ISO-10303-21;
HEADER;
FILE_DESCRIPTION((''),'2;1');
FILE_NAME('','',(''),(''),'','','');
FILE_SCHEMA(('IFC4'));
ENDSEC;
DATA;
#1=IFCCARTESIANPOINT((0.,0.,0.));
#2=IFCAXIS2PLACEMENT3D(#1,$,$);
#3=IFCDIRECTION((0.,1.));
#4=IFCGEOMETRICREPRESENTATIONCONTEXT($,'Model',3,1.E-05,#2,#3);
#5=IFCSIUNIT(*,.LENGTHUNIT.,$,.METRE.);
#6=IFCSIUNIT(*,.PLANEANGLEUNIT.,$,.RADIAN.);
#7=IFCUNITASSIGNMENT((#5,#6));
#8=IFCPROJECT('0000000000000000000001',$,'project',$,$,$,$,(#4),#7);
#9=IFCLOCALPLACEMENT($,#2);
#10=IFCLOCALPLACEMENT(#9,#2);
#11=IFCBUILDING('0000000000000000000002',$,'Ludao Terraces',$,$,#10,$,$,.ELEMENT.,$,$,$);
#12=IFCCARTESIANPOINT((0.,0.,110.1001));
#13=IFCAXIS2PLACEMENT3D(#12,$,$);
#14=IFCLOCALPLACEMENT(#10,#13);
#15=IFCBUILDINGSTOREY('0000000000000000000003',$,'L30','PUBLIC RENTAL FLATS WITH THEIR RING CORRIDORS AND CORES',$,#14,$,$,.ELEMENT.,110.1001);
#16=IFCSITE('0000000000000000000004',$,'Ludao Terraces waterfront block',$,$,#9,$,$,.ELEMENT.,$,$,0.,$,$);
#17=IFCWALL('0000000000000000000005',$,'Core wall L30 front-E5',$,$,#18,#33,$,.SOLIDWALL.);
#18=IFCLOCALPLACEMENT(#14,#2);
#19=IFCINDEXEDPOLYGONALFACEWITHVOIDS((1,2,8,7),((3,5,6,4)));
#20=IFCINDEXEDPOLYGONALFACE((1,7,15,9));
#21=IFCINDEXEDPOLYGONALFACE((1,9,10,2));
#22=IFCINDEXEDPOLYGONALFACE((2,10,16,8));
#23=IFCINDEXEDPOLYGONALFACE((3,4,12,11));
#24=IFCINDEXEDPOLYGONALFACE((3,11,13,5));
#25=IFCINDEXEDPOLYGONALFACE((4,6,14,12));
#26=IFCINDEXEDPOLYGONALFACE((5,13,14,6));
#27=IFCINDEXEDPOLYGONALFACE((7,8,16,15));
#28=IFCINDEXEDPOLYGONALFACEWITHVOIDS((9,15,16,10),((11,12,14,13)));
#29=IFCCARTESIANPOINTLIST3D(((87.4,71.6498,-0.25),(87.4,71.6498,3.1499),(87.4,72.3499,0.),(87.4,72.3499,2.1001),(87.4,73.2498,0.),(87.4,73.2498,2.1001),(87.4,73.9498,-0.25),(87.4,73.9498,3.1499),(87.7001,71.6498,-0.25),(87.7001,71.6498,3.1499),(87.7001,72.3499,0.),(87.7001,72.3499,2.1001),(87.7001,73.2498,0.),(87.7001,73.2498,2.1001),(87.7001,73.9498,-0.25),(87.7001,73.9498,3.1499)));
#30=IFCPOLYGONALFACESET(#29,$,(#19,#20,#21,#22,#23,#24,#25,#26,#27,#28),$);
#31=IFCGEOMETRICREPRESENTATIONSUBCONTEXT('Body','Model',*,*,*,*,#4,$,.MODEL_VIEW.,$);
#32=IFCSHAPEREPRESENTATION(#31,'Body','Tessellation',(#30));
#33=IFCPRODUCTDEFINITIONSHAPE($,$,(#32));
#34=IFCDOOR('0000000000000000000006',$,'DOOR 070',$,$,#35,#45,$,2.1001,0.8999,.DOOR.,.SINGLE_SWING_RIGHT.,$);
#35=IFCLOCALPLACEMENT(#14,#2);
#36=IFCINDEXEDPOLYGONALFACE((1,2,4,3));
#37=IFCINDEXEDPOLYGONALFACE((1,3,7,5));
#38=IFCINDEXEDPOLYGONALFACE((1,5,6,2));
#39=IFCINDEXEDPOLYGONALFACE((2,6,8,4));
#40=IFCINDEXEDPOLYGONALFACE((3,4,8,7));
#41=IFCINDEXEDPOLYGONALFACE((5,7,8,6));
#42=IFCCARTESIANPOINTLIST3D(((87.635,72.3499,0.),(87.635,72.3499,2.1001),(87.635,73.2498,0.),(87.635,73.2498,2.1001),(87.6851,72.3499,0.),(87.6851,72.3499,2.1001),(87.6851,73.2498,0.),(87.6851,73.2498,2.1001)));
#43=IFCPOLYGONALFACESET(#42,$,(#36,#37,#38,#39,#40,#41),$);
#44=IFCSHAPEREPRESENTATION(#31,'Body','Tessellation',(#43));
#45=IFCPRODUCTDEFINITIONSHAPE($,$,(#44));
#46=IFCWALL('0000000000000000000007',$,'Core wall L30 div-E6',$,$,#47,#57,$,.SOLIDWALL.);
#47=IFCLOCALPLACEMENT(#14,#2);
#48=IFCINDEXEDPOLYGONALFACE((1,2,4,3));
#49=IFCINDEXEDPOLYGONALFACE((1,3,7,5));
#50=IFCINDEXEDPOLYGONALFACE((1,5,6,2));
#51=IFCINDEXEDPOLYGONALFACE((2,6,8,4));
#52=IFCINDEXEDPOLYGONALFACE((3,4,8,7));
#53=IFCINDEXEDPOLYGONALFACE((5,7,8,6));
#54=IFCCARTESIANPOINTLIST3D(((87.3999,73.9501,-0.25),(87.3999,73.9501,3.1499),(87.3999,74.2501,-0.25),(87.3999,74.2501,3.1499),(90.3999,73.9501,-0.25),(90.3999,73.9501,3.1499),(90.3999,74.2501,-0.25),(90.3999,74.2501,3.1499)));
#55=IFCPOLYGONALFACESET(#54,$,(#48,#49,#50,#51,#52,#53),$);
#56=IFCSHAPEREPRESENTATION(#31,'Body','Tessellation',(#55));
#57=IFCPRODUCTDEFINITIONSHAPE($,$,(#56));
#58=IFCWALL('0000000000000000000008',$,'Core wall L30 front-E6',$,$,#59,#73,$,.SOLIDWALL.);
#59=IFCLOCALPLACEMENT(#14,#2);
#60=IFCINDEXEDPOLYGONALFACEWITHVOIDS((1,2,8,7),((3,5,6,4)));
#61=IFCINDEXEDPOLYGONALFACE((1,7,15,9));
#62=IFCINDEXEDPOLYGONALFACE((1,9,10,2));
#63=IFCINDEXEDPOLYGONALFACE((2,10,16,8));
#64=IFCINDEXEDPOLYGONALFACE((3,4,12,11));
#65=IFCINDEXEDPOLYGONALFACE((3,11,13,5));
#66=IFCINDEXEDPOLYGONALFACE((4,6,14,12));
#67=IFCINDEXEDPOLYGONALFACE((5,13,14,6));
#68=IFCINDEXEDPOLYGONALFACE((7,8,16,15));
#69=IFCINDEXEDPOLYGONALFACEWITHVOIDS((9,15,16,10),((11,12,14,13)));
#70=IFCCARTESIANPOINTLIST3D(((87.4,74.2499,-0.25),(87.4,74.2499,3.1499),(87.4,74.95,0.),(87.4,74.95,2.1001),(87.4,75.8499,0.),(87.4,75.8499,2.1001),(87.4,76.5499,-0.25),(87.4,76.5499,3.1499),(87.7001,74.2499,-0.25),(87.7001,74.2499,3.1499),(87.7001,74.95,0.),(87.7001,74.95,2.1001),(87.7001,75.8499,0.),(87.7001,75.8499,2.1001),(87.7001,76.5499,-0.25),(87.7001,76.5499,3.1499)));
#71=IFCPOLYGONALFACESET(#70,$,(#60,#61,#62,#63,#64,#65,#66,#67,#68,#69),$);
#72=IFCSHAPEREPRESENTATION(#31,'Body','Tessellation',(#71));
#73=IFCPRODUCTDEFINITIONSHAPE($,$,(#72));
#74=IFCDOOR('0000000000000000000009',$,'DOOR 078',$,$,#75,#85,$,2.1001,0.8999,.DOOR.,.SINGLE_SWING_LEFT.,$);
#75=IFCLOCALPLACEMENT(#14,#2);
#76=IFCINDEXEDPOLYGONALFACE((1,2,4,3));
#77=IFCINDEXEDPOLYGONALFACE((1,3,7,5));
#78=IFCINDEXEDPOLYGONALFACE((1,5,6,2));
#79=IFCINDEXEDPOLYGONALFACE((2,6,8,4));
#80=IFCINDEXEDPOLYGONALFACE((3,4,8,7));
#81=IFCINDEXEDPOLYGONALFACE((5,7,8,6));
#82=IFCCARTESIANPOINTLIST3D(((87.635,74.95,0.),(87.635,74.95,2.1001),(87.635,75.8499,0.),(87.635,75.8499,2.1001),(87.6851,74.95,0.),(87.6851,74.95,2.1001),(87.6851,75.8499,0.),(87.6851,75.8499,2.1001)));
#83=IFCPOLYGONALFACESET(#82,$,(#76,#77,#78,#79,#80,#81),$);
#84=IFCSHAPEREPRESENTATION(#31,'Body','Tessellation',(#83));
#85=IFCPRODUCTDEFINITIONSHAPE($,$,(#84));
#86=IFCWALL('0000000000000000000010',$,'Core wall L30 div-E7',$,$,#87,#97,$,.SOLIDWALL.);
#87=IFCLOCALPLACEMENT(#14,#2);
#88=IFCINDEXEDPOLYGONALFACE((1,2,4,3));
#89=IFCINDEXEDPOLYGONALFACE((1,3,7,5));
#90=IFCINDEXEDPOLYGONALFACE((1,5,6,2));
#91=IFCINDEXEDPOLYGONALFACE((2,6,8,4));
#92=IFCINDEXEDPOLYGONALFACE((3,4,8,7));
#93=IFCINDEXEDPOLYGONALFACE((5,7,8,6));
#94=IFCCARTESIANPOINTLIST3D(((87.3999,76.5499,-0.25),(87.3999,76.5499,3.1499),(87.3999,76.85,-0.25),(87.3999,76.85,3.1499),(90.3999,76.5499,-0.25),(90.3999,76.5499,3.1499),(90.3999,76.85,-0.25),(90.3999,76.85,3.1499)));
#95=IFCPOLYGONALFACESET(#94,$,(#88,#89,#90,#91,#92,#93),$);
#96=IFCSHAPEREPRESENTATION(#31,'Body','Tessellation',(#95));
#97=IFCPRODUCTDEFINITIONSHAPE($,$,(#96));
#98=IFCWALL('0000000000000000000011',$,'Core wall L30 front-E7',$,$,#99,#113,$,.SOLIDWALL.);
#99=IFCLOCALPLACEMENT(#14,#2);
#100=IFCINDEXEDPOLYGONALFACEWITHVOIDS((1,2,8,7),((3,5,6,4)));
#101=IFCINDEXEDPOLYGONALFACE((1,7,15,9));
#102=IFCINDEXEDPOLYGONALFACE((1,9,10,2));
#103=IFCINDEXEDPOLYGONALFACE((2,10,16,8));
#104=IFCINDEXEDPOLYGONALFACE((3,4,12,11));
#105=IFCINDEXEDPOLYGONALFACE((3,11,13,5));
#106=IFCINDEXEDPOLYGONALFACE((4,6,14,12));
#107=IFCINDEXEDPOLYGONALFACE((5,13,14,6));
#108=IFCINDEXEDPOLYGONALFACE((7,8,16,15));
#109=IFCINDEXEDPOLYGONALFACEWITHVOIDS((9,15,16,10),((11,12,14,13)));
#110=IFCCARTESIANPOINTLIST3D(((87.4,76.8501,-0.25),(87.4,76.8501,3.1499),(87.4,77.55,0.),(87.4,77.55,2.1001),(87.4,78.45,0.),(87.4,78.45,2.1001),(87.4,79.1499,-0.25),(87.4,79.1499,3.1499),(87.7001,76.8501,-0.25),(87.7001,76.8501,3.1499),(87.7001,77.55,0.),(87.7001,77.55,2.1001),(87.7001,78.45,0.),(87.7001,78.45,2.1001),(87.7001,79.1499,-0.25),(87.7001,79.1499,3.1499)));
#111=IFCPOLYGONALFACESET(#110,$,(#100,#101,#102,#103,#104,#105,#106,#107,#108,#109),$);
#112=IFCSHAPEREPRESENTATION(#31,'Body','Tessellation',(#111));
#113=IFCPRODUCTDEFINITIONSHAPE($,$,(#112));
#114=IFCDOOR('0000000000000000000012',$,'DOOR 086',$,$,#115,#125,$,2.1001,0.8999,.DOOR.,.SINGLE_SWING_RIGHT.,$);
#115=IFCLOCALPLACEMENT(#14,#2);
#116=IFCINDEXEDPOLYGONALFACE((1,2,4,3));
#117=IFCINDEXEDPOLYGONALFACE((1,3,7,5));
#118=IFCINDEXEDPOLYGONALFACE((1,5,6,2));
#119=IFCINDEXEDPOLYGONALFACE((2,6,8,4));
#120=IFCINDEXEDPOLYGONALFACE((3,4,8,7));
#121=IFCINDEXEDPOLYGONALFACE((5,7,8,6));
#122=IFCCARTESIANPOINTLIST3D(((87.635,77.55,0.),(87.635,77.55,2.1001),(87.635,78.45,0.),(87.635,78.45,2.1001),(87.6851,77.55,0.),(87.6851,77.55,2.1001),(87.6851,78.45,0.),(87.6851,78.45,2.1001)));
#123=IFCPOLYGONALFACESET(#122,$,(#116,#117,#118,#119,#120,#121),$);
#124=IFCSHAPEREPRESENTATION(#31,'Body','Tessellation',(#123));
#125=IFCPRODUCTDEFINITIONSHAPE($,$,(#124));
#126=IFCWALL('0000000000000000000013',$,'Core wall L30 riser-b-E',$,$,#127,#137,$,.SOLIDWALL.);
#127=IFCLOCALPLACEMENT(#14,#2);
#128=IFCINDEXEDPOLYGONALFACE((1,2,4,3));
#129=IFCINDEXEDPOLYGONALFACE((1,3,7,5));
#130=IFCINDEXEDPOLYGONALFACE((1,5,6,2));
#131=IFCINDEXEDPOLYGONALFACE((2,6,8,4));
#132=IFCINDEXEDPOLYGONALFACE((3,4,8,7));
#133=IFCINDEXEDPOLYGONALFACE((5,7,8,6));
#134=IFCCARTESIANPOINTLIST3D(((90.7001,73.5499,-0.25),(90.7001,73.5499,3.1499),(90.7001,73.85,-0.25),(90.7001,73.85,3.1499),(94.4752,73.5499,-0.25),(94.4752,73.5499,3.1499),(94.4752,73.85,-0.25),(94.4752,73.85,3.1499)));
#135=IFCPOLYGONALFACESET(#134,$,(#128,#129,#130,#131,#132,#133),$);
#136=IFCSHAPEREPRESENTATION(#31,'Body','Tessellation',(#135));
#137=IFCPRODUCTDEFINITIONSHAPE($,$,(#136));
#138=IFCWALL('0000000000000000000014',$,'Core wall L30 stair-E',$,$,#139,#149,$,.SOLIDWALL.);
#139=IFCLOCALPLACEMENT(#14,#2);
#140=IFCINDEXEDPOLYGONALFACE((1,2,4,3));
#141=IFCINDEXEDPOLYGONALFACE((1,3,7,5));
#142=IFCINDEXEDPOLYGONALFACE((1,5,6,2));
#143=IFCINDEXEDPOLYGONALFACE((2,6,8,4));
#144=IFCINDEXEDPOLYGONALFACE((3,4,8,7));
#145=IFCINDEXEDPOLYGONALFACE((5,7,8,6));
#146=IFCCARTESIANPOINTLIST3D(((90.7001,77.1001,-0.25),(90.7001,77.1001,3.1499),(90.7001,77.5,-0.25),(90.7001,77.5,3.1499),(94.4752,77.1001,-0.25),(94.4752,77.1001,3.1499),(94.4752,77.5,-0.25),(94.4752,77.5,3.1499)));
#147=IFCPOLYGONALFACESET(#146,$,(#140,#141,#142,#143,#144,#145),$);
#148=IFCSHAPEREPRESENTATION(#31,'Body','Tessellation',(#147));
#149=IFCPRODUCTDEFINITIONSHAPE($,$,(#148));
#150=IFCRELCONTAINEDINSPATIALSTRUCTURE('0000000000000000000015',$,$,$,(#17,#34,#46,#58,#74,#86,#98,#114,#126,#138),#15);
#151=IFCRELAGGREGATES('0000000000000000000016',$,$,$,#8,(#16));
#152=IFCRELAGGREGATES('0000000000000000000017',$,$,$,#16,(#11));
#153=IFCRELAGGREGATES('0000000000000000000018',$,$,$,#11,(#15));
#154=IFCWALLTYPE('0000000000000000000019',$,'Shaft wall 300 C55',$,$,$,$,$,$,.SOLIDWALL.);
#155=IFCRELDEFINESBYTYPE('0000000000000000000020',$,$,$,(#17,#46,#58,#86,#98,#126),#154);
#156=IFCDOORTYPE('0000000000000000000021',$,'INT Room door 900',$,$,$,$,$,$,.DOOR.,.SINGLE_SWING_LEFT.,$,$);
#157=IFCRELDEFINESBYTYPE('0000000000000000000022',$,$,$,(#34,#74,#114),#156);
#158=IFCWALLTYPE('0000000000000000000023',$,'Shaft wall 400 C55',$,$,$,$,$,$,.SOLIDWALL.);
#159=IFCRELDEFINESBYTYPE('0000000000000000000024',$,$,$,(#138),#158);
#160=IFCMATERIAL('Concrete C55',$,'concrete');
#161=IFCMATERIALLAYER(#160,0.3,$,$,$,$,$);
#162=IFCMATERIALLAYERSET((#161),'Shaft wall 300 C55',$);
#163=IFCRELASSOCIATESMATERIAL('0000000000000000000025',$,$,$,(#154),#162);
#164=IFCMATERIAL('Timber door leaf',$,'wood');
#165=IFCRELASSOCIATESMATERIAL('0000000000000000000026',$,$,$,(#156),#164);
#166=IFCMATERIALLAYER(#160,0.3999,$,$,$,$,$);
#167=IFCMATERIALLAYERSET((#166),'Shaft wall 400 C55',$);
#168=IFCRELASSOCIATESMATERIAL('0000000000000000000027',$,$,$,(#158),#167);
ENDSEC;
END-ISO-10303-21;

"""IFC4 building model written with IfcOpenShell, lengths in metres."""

from ifc_helpers import new_model, si_unit, direction, frame, frame_2d, origin, place, context, subcontext, project, spatial, rectangle, extrude, material, layer, layer_set, type_object, element, fill, save


model = new_model("IFC4")

# Units and contexts
model_context = context("Model", 3, precision=1e-05, world=origin(), true_north=direction((0.0, 1.0)))
body_context = subcontext(model_context, "Body", "Model", "MODEL_VIEW")
ifc_project = project(units=[si_unit("LENGTHUNIT", "METRE"), si_unit("PLANEANGLEUNIT", "RADIAN")], contexts=[model_context])

# Site, building, storey
site_placement = place(None, origin())
site = spatial("IfcSite", under=ifc_project, at=site_placement, Name="Ludao Terraces waterfront block", CompositionType="ELEMENT", RefElevation=0.0)
building_placement = place(site_placement, origin())
building = spatial("IfcBuilding", under=site, at=building_placement, Name="Ludao Terraces", CompositionType="ELEMENT")
storey_placement = place(building_placement, frame((0.0, 0.0, 110.1001)))
storey = spatial("IfcBuildingStorey", under=building, at=storey_placement, Name="L30", Description="PUBLIC RENTAL FLATS WITH THEIR RING CORRIDORS AND CORES", CompositionType="ELEMENT", Elevation=110.1001)

# Shared definitions
ifc_material_1 = material(Name="Concrete C55", Category="concrete")
ifc_layer_1 = layer(ifc_material_1, 0.3)
ifc_layer_set_1 = layer_set([ifc_layer_1], Name="Shaft wall 300 C55")
wall_type_1 = type_object("IfcWallType", Name="Shaft wall 300 C55", PredefinedType="SOLIDWALL", material=ifc_layer_set_1)

# Wall, opening, door
wall_1_placement = place(storey_placement, frame((87.55, 71.6499, -0.25), z_axis=(0.0, 0.0, 1.0), x_axis=(0.0, 1.0, 0.0)))
wall_1 = element("IfcWall", 1, at=wall_1_placement, inside=storey, type_object=wall_type_1, Name="Core wall L30 front-E5", PredefinedType="SOLIDWALL", context=body_context, shape_type="SweptSolid", body=[
    extrude(rectangle(XDim=2.3, YDim=0.3, at=frame_2d((1.1499, 0.0))), origin(), (0.0, 0.0, 1.0), 3.3999),
])
opening_1_placement = place(wall_1_placement, frame((0.7, 0.0, 0.25)))
opening_1 = element("IfcOpeningElement", 2, at=opening_1_placement, cuts=wall_1, PredefinedType="OPENING", context=body_context, shape_type="SweptSolid", body=[
    extrude(rectangle(XDim=0.8999, YDim=2.1001, at=frame_2d((0.45, 1.05))), frame((0.0, 0.1602, 0.0), z_axis=(0.0, -1.0, 0.0), x_axis=(1.0, 0.0, 0.0)), (0.0, 0.0, 1.0), 0.3201),
])
ifc_material_2 = material(Name="Timber door leaf", Category="wood")
door_type_1 = type_object("IfcDoorType", Name="INT Room door 900", OperationType="SINGLE_SWING_LEFT", PredefinedType="DOOR", material=ifc_material_2)
door_1_placement = place(opening_1_placement, origin())
door_1 = element("IfcDoor", 3, at=door_1_placement, inside=storey, type_object=door_type_1, Name="DOOR 070", OperationType="SINGLE_SWING_RIGHT", OverallHeight=2.1001, OverallWidth=0.8999, PredefinedType="DOOR", context=body_context, shape_type="SweptSolid", body=[
    extrude(rectangle(XDim=0.8999, YDim=2.1001, at=frame_2d((0.45, 1.05))), frame((0.0, -0.085, 0.0), z_axis=(0.0, -1.0, 0.0), x_axis=(1.0, 0.0, 0.0)), (0.0, 0.0, 1.0), 0.05),
])
fill(opening_1, door_1)

# Wall
wall_2_placement = place(storey_placement, frame((87.3999, 74.1001, -0.25), z_axis=(0.0, 0.0, 1.0), x_axis=(1.0, 0.0, 0.0)))
element("IfcWall", 4, at=wall_2_placement, inside=storey, type_object=wall_type_1, Name="Core wall L30 div-E6", PredefinedType="SOLIDWALL", context=body_context, shape_type="SweptSolid", body=[
    extrude(rectangle(XDim=3.0, YDim=0.3, at=frame_2d((1.5, 0.0))), origin(), (0.0, 0.0, 1.0), 3.3999),
])

# Wall, opening, door
wall_3_placement = place(storey_placement, frame((87.55, 74.25, -0.25), z_axis=(0.0, 0.0, 1.0), x_axis=(0.0, 1.0, 0.0)))
wall_3 = element("IfcWall", 5, at=wall_3_placement, inside=storey, type_object=wall_type_1, Name="Core wall L30 front-E6", PredefinedType="SOLIDWALL", context=body_context, shape_type="SweptSolid", body=[
    extrude(rectangle(XDim=2.3, YDim=0.3, at=frame_2d((1.1499, 0.0))), origin(), (0.0, 0.0, 1.0), 3.3999),
])
opening_2_placement = place(wall_3_placement, frame((0.7, 0.0, 0.25)))
opening_2 = element("IfcOpeningElement", 6, at=opening_2_placement, cuts=wall_3, PredefinedType="OPENING", context=body_context, shape_type="SweptSolid", body=[
    extrude(rectangle(XDim=0.8999, YDim=2.1001, at=frame_2d((0.45, 1.05))), frame((0.0, 0.1602, 0.0), z_axis=(0.0, -1.0, 0.0), x_axis=(1.0, 0.0, 0.0)), (0.0, 0.0, 1.0), 0.3201),
])
door_2_placement = place(opening_2_placement, origin())
door_2 = element("IfcDoor", 7, at=door_2_placement, inside=storey, type_object=door_type_1, Name="DOOR 078", OperationType="SINGLE_SWING_LEFT", OverallHeight=2.1001, OverallWidth=0.8999, PredefinedType="DOOR", context=body_context, shape_type="SweptSolid", body=[
    extrude(rectangle(XDim=0.8999, YDim=2.1001, at=frame_2d((0.45, 1.05))), frame((0.0, -0.085, 0.0), z_axis=(0.0, -1.0, 0.0), x_axis=(1.0, 0.0, 0.0)), (0.0, 0.0, 1.0), 0.05),
])
fill(opening_2, door_2)

# Wall
wall_4_placement = place(storey_placement, frame((87.3999, 76.7, -0.25), z_axis=(0.0, 0.0, 1.0), x_axis=(1.0, 0.0, 0.0)))
element("IfcWall", 8, at=wall_4_placement, inside=storey, type_object=wall_type_1, Name="Core wall L30 div-E7", PredefinedType="SOLIDWALL", context=body_context, shape_type="SweptSolid", body=[
    extrude(rectangle(XDim=3.0, YDim=0.3, at=frame_2d((1.5, 0.0))), origin(), (0.0, 0.0, 1.0), 3.3999),
])

# Wall, opening, door
wall_5_placement = place(storey_placement, frame((87.55, 76.8501, -0.25), z_axis=(0.0, 0.0, 1.0), x_axis=(0.0, 1.0, 0.0)))
wall_5 = element("IfcWall", 9, at=wall_5_placement, inside=storey, type_object=wall_type_1, Name="Core wall L30 front-E7", PredefinedType="SOLIDWALL", context=body_context, shape_type="SweptSolid", body=[
    extrude(rectangle(XDim=2.2998, YDim=0.3, at=frame_2d((1.1499, 0.0))), origin(), (0.0, 0.0, 1.0), 3.3999),
])
opening_3_placement = place(wall_5_placement, frame((0.7, 0.0, 0.25)))
opening_3 = element("IfcOpeningElement", 10, at=opening_3_placement, cuts=wall_5, PredefinedType="OPENING", context=body_context, shape_type="SweptSolid", body=[
    extrude(rectangle(XDim=0.8999, YDim=2.1001, at=frame_2d((0.45, 1.05))), frame((0.0, 0.1602, 0.0), z_axis=(0.0, -1.0, 0.0), x_axis=(1.0, 0.0, 0.0)), (0.0, 0.0, 1.0), 0.3201),
])
door_3_placement = place(opening_3_placement, origin())
door_3 = element("IfcDoor", 11, at=door_3_placement, inside=storey, type_object=door_type_1, Name="DOOR 086", OperationType="SINGLE_SWING_RIGHT", OverallHeight=2.1001, OverallWidth=0.8999, PredefinedType="DOOR", context=body_context, shape_type="SweptSolid", body=[
    extrude(rectangle(XDim=0.8999, YDim=2.1001, at=frame_2d((0.45, 1.05))), frame((0.0, -0.085, 0.0), z_axis=(0.0, -1.0, 0.0), x_axis=(1.0, 0.0, 0.0)), (0.0, 0.0, 1.0), 0.05),
])
fill(opening_3, door_3)

# Walls
wall_6_placement = place(storey_placement, frame((90.7, 73.7, -0.25), z_axis=(0.0, 0.0, 1.0), x_axis=(1.0, 0.0, 0.0)))
element("IfcWall", 12, at=wall_6_placement, inside=storey, type_object=wall_type_1, Name="Core wall L30 riser-b-E", PredefinedType="SOLIDWALL", context=body_context, shape_type="SweptSolid", body=[
    extrude(rectangle(XDim=3.7751, YDim=0.3, at=frame_2d((1.8877, 0.0))), origin(), (0.0, 0.0, 1.0), 3.3999),
])
ifc_layer_2 = layer(ifc_material_1, 0.3999)
ifc_layer_set_2 = layer_set([ifc_layer_2], Name="Shaft wall 400 C55")
wall_type_2 = type_object("IfcWallType", Name="Shaft wall 400 C55", PredefinedType="SOLIDWALL", material=ifc_layer_set_2)
wall_7_placement = place(storey_placement, frame((90.7, 77.3, -0.25), z_axis=(0.0, 0.0, 1.0), x_axis=(1.0, 0.0, 0.0)))
element("IfcWall", 13, at=wall_7_placement, inside=storey, type_object=wall_type_2, Name="Core wall L30 stair-E", PredefinedType="SOLIDWALL", context=body_context, shape_type="SweptSolid", body=[
    extrude(rectangle(XDim=3.7751, YDim=0.3999, at=frame_2d((1.8877, 0.0))), origin(), (0.0, 0.0, 1.0), 3.3999),
])

save(model, "model.ifc")
